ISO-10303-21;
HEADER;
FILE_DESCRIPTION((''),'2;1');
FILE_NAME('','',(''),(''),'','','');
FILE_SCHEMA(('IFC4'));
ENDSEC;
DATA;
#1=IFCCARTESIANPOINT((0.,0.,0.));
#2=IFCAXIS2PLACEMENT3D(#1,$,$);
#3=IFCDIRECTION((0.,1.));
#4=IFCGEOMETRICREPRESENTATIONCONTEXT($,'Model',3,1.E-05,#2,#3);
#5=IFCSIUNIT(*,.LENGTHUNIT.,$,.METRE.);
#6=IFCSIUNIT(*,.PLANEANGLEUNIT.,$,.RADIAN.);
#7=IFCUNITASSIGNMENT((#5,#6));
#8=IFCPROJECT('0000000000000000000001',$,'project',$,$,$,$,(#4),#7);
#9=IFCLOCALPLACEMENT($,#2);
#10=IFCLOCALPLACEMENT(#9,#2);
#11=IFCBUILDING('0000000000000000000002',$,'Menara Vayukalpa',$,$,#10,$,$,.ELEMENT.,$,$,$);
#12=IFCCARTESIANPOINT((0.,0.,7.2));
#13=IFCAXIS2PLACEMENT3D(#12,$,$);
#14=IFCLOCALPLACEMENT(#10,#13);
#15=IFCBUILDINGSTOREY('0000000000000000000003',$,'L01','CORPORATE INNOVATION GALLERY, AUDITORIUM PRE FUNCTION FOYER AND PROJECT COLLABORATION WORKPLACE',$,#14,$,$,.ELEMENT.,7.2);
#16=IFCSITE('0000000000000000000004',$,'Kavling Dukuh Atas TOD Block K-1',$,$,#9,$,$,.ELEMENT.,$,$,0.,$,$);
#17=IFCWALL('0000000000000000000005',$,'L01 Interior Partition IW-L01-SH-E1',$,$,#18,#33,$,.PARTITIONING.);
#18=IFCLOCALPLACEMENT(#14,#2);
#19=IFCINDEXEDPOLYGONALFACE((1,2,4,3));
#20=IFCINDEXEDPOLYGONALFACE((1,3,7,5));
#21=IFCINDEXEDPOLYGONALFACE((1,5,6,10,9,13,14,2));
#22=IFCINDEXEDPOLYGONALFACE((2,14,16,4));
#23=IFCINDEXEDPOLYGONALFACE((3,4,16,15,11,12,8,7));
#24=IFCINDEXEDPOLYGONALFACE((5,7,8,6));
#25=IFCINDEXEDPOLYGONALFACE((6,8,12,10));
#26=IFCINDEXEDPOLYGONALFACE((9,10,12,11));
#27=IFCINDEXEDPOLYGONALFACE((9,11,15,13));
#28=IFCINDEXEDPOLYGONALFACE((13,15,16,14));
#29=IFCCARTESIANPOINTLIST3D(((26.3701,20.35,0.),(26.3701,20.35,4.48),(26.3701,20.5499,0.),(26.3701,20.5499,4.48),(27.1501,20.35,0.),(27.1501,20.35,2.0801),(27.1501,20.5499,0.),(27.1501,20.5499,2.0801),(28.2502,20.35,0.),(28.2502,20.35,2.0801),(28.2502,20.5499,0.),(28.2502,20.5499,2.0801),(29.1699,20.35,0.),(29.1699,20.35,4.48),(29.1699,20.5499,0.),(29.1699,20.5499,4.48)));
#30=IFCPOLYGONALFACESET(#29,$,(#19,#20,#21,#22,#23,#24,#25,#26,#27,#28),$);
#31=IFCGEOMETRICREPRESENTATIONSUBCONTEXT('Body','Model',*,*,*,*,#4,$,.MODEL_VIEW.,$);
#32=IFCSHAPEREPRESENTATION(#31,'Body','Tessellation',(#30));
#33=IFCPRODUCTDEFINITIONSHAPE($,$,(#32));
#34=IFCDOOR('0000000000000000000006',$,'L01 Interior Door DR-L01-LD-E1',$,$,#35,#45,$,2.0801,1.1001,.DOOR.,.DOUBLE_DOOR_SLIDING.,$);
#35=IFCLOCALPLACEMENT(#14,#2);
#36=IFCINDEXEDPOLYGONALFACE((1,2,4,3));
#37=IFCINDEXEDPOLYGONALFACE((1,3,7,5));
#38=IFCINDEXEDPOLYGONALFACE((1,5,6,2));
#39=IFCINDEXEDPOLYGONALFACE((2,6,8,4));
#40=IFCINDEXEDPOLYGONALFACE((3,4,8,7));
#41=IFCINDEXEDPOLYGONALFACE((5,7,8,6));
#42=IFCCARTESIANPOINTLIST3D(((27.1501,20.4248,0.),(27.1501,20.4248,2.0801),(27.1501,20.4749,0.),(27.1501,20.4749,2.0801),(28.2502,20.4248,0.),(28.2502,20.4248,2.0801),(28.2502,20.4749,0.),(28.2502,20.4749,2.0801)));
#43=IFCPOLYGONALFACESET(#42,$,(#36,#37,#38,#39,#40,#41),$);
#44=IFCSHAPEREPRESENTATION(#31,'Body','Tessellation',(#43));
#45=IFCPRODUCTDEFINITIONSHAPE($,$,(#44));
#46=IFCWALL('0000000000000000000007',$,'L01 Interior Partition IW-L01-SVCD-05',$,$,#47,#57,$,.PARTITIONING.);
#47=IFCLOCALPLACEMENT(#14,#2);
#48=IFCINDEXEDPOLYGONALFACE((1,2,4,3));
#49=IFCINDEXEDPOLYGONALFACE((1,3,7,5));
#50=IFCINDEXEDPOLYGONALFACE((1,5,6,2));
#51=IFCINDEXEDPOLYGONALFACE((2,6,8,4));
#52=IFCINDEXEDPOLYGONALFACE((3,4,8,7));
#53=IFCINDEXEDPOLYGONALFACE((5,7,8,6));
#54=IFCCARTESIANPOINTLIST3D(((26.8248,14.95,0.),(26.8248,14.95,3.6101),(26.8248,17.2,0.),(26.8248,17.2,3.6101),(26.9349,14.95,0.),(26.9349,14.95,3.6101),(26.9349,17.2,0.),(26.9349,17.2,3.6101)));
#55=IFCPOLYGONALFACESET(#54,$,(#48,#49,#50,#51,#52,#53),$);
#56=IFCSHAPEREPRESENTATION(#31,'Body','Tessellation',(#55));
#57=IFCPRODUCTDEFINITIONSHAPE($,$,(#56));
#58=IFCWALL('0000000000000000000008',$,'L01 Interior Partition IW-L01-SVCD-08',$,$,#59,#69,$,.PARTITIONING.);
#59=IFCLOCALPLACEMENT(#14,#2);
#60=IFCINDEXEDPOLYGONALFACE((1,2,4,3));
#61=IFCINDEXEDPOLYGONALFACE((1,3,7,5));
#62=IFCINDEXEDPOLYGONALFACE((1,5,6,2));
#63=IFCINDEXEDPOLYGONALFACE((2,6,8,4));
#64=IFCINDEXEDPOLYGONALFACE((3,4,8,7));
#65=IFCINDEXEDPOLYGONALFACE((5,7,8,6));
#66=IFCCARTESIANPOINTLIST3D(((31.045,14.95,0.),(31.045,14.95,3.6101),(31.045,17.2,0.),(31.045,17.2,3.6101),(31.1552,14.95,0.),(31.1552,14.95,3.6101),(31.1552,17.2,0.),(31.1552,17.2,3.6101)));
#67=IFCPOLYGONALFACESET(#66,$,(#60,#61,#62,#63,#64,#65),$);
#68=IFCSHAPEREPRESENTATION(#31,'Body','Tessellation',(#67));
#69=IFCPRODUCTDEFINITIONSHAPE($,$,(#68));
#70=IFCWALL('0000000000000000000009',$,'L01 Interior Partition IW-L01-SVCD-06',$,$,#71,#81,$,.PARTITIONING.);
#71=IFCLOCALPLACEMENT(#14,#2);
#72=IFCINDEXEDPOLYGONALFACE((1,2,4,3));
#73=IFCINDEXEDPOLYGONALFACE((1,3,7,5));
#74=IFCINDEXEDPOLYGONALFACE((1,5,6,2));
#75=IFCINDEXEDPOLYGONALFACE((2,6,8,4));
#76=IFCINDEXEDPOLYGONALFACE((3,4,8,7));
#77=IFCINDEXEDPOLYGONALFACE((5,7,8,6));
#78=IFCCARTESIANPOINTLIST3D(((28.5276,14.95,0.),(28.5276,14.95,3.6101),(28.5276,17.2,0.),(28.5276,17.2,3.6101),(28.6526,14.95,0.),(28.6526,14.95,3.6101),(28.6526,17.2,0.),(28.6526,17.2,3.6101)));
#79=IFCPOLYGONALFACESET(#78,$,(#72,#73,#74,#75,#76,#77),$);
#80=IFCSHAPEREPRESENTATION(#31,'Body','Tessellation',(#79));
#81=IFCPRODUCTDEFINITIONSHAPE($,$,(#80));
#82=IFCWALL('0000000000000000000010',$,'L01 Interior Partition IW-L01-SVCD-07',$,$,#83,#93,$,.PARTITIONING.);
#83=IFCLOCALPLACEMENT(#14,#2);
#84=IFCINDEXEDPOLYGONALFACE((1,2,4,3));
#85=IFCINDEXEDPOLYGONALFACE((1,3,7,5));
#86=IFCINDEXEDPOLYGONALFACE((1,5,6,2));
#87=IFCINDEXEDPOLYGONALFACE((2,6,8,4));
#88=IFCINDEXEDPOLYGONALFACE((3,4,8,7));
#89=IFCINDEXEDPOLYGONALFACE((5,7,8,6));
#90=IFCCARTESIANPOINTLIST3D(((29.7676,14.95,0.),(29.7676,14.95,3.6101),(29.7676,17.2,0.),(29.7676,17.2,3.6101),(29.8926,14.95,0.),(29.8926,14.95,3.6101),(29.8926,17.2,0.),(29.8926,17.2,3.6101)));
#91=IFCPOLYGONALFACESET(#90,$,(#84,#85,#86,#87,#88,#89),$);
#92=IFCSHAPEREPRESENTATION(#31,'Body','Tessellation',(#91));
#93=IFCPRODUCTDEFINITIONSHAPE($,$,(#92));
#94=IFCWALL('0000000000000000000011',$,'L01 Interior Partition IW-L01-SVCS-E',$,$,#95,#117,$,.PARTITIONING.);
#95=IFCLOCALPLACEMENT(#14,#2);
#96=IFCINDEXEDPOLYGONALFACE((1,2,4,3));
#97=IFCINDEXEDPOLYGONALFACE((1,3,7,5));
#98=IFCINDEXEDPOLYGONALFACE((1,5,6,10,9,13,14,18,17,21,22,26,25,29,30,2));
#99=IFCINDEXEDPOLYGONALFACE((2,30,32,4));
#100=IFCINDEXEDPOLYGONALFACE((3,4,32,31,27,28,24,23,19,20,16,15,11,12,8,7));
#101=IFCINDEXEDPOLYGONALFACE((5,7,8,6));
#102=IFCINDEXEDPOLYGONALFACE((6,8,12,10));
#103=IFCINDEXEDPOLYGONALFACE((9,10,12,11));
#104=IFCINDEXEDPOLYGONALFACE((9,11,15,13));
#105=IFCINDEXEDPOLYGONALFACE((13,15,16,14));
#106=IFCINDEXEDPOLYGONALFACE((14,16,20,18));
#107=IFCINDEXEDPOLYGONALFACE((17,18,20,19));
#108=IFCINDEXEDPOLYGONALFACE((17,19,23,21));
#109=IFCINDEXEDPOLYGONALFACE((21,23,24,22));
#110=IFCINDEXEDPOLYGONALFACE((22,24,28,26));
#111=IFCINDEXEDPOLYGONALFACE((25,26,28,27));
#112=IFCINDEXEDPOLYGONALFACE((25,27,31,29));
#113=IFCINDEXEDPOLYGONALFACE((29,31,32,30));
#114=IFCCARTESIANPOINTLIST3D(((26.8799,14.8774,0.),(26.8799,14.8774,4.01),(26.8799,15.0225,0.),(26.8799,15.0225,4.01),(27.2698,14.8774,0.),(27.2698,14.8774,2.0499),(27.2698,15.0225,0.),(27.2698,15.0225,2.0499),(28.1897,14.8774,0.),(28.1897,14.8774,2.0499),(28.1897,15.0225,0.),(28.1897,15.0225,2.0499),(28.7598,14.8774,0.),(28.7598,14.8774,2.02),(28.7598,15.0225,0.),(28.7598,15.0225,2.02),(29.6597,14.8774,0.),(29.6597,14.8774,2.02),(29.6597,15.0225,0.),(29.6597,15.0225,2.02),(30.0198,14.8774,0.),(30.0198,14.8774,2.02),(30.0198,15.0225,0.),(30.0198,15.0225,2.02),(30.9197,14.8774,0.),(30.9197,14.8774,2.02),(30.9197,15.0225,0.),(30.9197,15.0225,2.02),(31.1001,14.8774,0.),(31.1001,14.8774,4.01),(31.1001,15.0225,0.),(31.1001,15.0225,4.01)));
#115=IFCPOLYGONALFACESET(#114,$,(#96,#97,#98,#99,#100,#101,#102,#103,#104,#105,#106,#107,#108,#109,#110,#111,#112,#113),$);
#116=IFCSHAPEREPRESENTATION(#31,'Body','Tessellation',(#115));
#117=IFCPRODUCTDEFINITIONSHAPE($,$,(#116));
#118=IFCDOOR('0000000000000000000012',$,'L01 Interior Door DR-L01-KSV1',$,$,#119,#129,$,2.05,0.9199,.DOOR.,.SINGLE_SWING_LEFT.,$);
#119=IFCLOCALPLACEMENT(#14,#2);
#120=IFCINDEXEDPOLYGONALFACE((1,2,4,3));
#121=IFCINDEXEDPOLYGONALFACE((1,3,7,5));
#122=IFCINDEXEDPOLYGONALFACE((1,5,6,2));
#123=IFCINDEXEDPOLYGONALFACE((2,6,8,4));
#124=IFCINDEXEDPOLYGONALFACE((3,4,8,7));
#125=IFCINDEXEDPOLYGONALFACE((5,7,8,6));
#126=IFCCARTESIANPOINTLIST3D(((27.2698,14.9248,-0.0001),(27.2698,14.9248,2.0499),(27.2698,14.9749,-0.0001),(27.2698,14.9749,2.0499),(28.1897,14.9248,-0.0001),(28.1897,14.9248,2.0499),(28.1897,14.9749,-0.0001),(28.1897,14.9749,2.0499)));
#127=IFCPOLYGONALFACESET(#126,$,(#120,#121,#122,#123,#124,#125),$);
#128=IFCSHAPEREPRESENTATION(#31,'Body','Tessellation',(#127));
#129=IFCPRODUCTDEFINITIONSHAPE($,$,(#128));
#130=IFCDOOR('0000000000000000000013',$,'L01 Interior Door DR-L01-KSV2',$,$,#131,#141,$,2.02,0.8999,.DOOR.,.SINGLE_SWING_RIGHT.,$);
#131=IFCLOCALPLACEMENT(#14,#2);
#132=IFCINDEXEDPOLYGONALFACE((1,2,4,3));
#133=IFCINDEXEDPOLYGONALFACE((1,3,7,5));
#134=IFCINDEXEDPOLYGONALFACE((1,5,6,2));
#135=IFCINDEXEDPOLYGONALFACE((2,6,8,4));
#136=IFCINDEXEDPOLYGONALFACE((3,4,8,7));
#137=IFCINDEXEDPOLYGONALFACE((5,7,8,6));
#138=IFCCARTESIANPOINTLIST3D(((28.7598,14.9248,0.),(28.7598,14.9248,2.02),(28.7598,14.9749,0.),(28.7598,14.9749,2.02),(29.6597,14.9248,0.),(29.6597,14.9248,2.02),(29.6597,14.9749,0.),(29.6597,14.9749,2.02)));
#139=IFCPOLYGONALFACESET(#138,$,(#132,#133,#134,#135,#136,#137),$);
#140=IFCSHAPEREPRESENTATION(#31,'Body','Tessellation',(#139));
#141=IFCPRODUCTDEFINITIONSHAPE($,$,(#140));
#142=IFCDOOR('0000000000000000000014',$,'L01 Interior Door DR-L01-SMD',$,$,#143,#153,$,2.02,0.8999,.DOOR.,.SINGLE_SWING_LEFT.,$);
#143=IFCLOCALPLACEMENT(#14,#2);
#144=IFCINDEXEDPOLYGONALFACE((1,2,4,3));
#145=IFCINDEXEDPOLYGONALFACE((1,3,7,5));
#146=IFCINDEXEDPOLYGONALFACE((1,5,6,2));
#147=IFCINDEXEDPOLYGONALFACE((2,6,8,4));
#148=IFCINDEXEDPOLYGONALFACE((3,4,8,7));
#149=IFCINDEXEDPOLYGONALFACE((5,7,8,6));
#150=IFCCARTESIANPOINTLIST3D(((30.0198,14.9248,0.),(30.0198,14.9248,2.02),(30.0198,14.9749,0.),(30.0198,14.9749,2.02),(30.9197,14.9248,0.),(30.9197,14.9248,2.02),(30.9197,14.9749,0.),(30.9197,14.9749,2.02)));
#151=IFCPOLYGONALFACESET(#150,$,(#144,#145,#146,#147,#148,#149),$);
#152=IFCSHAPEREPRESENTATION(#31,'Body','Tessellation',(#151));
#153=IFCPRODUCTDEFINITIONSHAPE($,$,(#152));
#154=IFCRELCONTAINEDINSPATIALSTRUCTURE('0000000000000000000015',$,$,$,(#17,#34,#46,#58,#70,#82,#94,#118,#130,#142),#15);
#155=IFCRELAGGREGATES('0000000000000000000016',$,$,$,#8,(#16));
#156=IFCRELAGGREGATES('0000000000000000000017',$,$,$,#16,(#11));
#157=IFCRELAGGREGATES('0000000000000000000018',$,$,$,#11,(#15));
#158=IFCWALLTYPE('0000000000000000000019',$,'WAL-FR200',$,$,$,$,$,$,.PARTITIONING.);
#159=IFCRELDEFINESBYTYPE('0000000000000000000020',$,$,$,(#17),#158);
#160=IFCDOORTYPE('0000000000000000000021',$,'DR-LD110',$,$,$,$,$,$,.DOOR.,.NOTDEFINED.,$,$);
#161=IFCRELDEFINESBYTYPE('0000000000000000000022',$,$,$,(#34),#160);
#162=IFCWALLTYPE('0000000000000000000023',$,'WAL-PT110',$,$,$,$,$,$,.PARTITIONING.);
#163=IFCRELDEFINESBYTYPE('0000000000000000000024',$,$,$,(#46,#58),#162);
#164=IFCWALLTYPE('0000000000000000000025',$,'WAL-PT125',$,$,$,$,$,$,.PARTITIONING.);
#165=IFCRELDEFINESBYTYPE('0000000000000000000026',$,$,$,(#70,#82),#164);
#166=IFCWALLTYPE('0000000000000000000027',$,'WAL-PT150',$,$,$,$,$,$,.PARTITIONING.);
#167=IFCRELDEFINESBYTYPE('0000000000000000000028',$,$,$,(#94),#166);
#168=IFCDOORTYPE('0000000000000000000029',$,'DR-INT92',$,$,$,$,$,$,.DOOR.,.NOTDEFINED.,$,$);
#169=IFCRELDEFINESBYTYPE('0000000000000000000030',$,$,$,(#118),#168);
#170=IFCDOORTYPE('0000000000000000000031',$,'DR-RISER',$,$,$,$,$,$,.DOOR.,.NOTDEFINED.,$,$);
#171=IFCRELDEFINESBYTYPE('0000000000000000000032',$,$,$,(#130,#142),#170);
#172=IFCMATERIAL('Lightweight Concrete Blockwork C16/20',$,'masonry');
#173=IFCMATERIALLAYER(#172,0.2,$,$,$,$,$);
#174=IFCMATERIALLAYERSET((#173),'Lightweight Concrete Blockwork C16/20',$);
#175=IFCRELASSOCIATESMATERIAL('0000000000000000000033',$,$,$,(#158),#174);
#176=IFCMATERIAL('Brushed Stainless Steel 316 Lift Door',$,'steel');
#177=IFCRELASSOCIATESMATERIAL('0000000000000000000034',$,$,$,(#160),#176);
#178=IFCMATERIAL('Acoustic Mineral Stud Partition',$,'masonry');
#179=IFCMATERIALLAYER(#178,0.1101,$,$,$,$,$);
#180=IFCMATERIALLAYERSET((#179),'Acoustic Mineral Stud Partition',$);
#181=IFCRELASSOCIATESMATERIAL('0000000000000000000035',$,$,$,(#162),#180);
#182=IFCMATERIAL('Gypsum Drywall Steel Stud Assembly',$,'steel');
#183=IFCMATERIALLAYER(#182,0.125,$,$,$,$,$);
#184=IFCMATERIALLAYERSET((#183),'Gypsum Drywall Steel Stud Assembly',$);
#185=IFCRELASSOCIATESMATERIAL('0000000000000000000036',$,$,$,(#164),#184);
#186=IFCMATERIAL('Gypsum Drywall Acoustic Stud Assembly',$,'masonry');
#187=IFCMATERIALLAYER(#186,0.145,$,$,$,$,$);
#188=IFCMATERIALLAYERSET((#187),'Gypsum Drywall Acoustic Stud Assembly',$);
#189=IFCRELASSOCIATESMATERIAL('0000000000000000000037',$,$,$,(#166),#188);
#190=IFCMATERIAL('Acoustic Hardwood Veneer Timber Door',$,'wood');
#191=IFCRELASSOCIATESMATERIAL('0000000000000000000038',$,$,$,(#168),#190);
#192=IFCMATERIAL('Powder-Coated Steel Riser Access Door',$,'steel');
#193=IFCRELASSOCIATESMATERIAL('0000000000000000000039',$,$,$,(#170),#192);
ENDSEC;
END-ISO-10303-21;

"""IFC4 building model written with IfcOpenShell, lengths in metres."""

from ifc_helpers import new_model, si_unit, direction, frame, frame_2d, origin, place, context, subcontext, project, spatial, rectangle, extrude, material, layer, layer_set, type_object, element, fill, save


model = new_model("IFC4")

# Units and contexts
model_context = context("Model", 3, precision=1e-05, world=origin(), true_north=direction((0.0, 1.0)))
body_context = subcontext(model_context, "Body", "Model", "MODEL_VIEW")
ifc_project = project(units=[si_unit("LENGTHUNIT", "METRE"), si_unit("PLANEANGLEUNIT", "RADIAN")], contexts=[model_context])

# Site, building, storey
site_placement = place(None, origin())
site = spatial("IfcSite", under=ifc_project, at=site_placement, Name="Kavling Dukuh Atas TOD Block K-1", CompositionType="ELEMENT", RefElevation=0.0)
building_placement = place(site_placement, origin())
building = spatial("IfcBuilding", under=site, at=building_placement, Name="Menara Vayukalpa", CompositionType="ELEMENT")
storey_placement = place(building_placement, frame((0.0, 0.0, 7.2)))
storey = spatial("IfcBuildingStorey", under=building, at=storey_placement, Name="L01", Description="CORPORATE INNOVATION GALLERY, AUDITORIUM PRE FUNCTION FOYER AND PROJECT COLLABORATION WORKPLACE", CompositionType="ELEMENT", Elevation=7.2)

# Wall, opening, door
ifc_material_1 = material(Name="Lightweight Concrete Blockwork C16/20", Category="masonry")
ifc_layer_1 = layer(ifc_material_1, 0.2)
ifc_layer_set_1 = layer_set([ifc_layer_1], Name="Lightweight Concrete Blockwork C16/20")
wall_type_1 = type_object("IfcWallType", Name="WAL-FR200", PredefinedType="PARTITIONING", material=ifc_layer_set_1)
wall_1_placement = place(storey_placement, frame((26.3701, 20.45, 0.0), z_axis=(0.0, 0.0, 1.0), x_axis=(1.0, 0.0, 0.0)))
wall_1 = element("IfcWall", 1, at=wall_1_placement, inside=storey, type_object=wall_type_1, Name="L01 Interior Partition IW-L01-SH-E1", PredefinedType="PARTITIONING", context=body_context, shape_type="SweptSolid", body=[
    extrude(rectangle(XDim=2.7998, YDim=0.2, at=frame_2d((1.3999, 0.0))), origin(), (0.0, 0.0, 1.0), 4.48),
])
opening_1_placement = place(wall_1_placement, frame((0.78, 0.0, 0.0)))
opening_1 = element("IfcOpeningElement", 2, at=opening_1_placement, cuts=wall_1, PredefinedType="OPENING", context=body_context, shape_type="SweptSolid", body=[
    extrude(rectangle(XDim=1.1001, YDim=2.0801, at=frame_2d((0.55, 1.04))), frame((0.0, 0.1099, 0.0), z_axis=(0.0, -1.0, 0.0), x_axis=(1.0, 0.0, 0.0)), (0.0, 0.0, 1.0), 0.22),
])
ifc_material_2 = material(Name="Brushed Stainless Steel 316 Lift Door", Category="steel")
door_type_1 = type_object("IfcDoorType", Name="DR-LD110", OperationType="NOTDEFINED", PredefinedType="DOOR", material=ifc_material_2)
door_1_placement = place(opening_1_placement, origin())
door_1 = element("IfcDoor", 3, at=door_1_placement, inside=storey, type_object=door_type_1, Name="L01 Interior Door DR-L01-LD-E1", OperationType="DOUBLE_DOOR_SLIDING", OverallHeight=2.0801, OverallWidth=1.1001, PredefinedType="DOOR", context=body_context, shape_type="SweptSolid", body=[
    extrude(rectangle(XDim=1.1001, YDim=2.0801, at=frame_2d((0.55, 1.04))), frame((0.0, 0.0249, 0.0), z_axis=(0.0, -1.0, 0.0), x_axis=(1.0, 0.0, 0.0)), (0.0, 0.0, 1.0), 0.05),
])
fill(opening_1, door_1)

# Walls
ifc_material_3 = material(Name="Acoustic Mineral Stud Partition", Category="masonry")
ifc_layer_2 = layer(ifc_material_3, 0.1101)
ifc_layer_set_2 = layer_set([ifc_layer_2], Name="Acoustic Mineral Stud Partition")
wall_type_2 = type_object("IfcWallType", Name="WAL-PT110", PredefinedType="PARTITIONING", material=ifc_layer_set_2)
for number, where, z_axis, x_axis, name in (
    (4, (26.8799, 14.95, 0.0), (0.0, 0.0, 1.0), (0.0, 1.0, 0.0), "L01 Interior Partition IW-L01-SVCD-05"),
    (5, (31.1001, 14.95, 0.0), (0.0, 0.0, 1.0), (0.0, 1.0, 0.0), "L01 Interior Partition IW-L01-SVCD-08"),
):
    element("IfcWall", number, at=place(storey_placement, frame(where, z_axis=z_axis, x_axis=x_axis)), inside=storey, type_object=wall_type_2, Name=name, PredefinedType="PARTITIONING", context=body_context, shape_type="SweptSolid", body=[
        extrude(rectangle(XDim=2.25, YDim=0.1101, at=frame_2d((1.125, 0.0))), origin(), (0.0, 0.0, 1.0), 3.6101),
    ])
ifc_material_4 = material(Name="Gypsum Drywall Steel Stud Assembly", Category="steel")
ifc_layer_3 = layer(ifc_material_4, 0.125)
ifc_layer_set_3 = layer_set([ifc_layer_3], Name="Gypsum Drywall Steel Stud Assembly")
wall_type_3 = type_object("IfcWallType", Name="WAL-PT125", PredefinedType="PARTITIONING", material=ifc_layer_set_3)
for number, where, z_axis, x_axis, name in (
    (6, (28.5901, 14.95, 0.0), (0.0, 0.0, 1.0), (0.0, 1.0, 0.0), "L01 Interior Partition IW-L01-SVCD-06"),
    (7, (29.8301, 14.95, 0.0), (0.0, 0.0, 1.0), (0.0, 1.0, 0.0), "L01 Interior Partition IW-L01-SVCD-07"),
):
    element("IfcWall", number, at=place(storey_placement, frame(where, z_axis=z_axis, x_axis=x_axis)), inside=storey, type_object=wall_type_3, Name=name, PredefinedType="PARTITIONING", context=body_context, shape_type="SweptSolid", body=[
        extrude(rectangle(XDim=2.25, YDim=0.125, at=frame_2d((1.125, 0.0))), origin(), (0.0, 0.0, 1.0), 3.6101),
    ])

# Wall, openings, doors
ifc_material_5 = material(Name="Gypsum Drywall Acoustic Stud Assembly", Category="masonry")
ifc_layer_4 = layer(ifc_material_5, 0.145)
ifc_layer_set_4 = layer_set([ifc_layer_4], Name="Gypsum Drywall Acoustic Stud Assembly")
wall_type_4 = type_object("IfcWallType", Name="WAL-PT150", PredefinedType="PARTITIONING", material=ifc_layer_set_4)
wall_2_placement = place(storey_placement, frame((26.8799, 14.95, 0.0), z_axis=(0.0, 0.0, 1.0), x_axis=(1.0, 0.0, 0.0)))
wall_2 = element("IfcWall", 8, at=wall_2_placement, inside=storey, type_object=wall_type_4, Name="L01 Interior Partition IW-L01-SVCS-E", PredefinedType="PARTITIONING", context=body_context, shape_type="SweptSolid", body=[
    extrude(rectangle(XDim=4.2202, YDim=0.145, at=frame_2d((2.1101, 0.0))), origin(), (0.0, 0.0, 1.0), 4.01),
])
opening_2_placement = place(wall_2_placement, frame((0.3899, 0.0, 0.0)))
opening_2 = element("IfcOpeningElement", 9, at=opening_2_placement, cuts=wall_2, PredefinedType="OPENING", context=body_context, shape_type="SweptSolid", body=[
    extrude(rectangle(XDim=0.9199, YDim=2.05, at=frame_2d((0.46, 1.0249))), frame((0.0, 0.0825, 0.0), z_axis=(0.0, -1.0, 0.0), x_axis=(1.0, 0.0, 0.0)), (0.0, 0.0, 1.0), 0.165),
])
opening_3_placement = place(wall_2_placement, frame((1.8799, 0.0, 0.0)))
opening_3 = element("IfcOpeningElement", 10, at=opening_3_placement, cuts=wall_2, PredefinedType="OPENING", context=body_context, shape_type="SweptSolid", body=[
    extrude(rectangle(XDim=0.8999, YDim=2.02, at=frame_2d((0.45, 1.01))), frame((0.0, 0.0825, 0.0), z_axis=(0.0, -1.0, 0.0), x_axis=(1.0, 0.0, 0.0)), (0.0, 0.0, 1.0), 0.165),
])
opening_4_placement = place(wall_2_placement, frame((3.1399, 0.0, 0.0)))
opening_4 = element("IfcOpeningElement", 11, at=opening_4_placement, cuts=wall_2, PredefinedType="OPENING", context=body_context, shape_type="SweptSolid", body=[
    extrude(rectangle(XDim=0.8999, YDim=2.02, at=frame_2d((0.45, 1.01))), frame((0.0, 0.0825, 0.0), z_axis=(0.0, -1.0, 0.0), x_axis=(1.0, 0.0, 0.0)), (0.0, 0.0, 1.0), 0.165),
])
ifc_material_6 = material(Name="Acoustic Hardwood Veneer Timber Door", Category="wood")
door_type_2 = type_object("IfcDoorType", Name="DR-INT92", OperationType="NOTDEFINED", PredefinedType="DOOR", material=ifc_material_6)
door_2_placement = place(opening_2_placement, origin())
door_2 = element("IfcDoor", 12, at=door_2_placement, inside=storey, type_object=door_type_2, Name="L01 Interior Door DR-L01-KSV1", OperationType="SINGLE_SWING_LEFT", OverallHeight=2.05, OverallWidth=0.9199, PredefinedType="DOOR", context=body_context, shape_type="SweptSolid", body=[
    extrude(rectangle(XDim=0.9199, YDim=2.05, at=frame_2d((0.46, 1.0249))), frame((0.0, 0.0249, 0.0), z_axis=(0.0, -1.0, 0.0), x_axis=(1.0, 0.0, 0.0)), (0.0, 0.0, 1.0), 0.05),
])
fill(opening_2, door_2)
ifc_material_7 = material(Name="Powder-Coated Steel Riser Access Door", Category="steel")
door_type_3 = type_object("IfcDoorType", Name="DR-RISER", OperationType="NOTDEFINED", PredefinedType="DOOR", material=ifc_material_7)
door_3_placement = place(opening_3_placement, origin())
door_3 = element("IfcDoor", 13, at=door_3_placement, inside=storey, type_object=door_type_3, Name="L01 Interior Door DR-L01-KSV2", OperationType="SINGLE_SWING_RIGHT", OverallHeight=2.02, OverallWidth=0.8999, PredefinedType="DOOR", context=body_context, shape_type="SweptSolid", body=[
    extrude(rectangle(XDim=0.8999, YDim=2.02, at=frame_2d((0.45, 1.01))), frame((0.0, 0.0249, 0.0), z_axis=(0.0, -1.0, 0.0), x_axis=(1.0, 0.0, 0.0)), (0.0, 0.0, 1.0), 0.05),
])
fill(opening_3, door_3)
door_4_placement = place(opening_4_placement, origin())
door_4 = element("IfcDoor", 14, at=door_4_placement, inside=storey, type_object=door_type_3, Name="L01 Interior Door DR-L01-SMD", OperationType="SINGLE_SWING_LEFT", OverallHeight=2.02, OverallWidth=0.8999, PredefinedType="DOOR", context=body_context, shape_type="SweptSolid", body=[
    extrude(rectangle(XDim=0.8999, YDim=2.02, at=frame_2d((0.45, 1.01))), frame((0.0, 0.0249, 0.0), z_axis=(0.0, -1.0, 0.0), x_axis=(1.0, 0.0, 0.0)), (0.0, 0.0, 1.0), 0.05),
])
fill(opening_4, door_4)

save(model, "model.ifc")
